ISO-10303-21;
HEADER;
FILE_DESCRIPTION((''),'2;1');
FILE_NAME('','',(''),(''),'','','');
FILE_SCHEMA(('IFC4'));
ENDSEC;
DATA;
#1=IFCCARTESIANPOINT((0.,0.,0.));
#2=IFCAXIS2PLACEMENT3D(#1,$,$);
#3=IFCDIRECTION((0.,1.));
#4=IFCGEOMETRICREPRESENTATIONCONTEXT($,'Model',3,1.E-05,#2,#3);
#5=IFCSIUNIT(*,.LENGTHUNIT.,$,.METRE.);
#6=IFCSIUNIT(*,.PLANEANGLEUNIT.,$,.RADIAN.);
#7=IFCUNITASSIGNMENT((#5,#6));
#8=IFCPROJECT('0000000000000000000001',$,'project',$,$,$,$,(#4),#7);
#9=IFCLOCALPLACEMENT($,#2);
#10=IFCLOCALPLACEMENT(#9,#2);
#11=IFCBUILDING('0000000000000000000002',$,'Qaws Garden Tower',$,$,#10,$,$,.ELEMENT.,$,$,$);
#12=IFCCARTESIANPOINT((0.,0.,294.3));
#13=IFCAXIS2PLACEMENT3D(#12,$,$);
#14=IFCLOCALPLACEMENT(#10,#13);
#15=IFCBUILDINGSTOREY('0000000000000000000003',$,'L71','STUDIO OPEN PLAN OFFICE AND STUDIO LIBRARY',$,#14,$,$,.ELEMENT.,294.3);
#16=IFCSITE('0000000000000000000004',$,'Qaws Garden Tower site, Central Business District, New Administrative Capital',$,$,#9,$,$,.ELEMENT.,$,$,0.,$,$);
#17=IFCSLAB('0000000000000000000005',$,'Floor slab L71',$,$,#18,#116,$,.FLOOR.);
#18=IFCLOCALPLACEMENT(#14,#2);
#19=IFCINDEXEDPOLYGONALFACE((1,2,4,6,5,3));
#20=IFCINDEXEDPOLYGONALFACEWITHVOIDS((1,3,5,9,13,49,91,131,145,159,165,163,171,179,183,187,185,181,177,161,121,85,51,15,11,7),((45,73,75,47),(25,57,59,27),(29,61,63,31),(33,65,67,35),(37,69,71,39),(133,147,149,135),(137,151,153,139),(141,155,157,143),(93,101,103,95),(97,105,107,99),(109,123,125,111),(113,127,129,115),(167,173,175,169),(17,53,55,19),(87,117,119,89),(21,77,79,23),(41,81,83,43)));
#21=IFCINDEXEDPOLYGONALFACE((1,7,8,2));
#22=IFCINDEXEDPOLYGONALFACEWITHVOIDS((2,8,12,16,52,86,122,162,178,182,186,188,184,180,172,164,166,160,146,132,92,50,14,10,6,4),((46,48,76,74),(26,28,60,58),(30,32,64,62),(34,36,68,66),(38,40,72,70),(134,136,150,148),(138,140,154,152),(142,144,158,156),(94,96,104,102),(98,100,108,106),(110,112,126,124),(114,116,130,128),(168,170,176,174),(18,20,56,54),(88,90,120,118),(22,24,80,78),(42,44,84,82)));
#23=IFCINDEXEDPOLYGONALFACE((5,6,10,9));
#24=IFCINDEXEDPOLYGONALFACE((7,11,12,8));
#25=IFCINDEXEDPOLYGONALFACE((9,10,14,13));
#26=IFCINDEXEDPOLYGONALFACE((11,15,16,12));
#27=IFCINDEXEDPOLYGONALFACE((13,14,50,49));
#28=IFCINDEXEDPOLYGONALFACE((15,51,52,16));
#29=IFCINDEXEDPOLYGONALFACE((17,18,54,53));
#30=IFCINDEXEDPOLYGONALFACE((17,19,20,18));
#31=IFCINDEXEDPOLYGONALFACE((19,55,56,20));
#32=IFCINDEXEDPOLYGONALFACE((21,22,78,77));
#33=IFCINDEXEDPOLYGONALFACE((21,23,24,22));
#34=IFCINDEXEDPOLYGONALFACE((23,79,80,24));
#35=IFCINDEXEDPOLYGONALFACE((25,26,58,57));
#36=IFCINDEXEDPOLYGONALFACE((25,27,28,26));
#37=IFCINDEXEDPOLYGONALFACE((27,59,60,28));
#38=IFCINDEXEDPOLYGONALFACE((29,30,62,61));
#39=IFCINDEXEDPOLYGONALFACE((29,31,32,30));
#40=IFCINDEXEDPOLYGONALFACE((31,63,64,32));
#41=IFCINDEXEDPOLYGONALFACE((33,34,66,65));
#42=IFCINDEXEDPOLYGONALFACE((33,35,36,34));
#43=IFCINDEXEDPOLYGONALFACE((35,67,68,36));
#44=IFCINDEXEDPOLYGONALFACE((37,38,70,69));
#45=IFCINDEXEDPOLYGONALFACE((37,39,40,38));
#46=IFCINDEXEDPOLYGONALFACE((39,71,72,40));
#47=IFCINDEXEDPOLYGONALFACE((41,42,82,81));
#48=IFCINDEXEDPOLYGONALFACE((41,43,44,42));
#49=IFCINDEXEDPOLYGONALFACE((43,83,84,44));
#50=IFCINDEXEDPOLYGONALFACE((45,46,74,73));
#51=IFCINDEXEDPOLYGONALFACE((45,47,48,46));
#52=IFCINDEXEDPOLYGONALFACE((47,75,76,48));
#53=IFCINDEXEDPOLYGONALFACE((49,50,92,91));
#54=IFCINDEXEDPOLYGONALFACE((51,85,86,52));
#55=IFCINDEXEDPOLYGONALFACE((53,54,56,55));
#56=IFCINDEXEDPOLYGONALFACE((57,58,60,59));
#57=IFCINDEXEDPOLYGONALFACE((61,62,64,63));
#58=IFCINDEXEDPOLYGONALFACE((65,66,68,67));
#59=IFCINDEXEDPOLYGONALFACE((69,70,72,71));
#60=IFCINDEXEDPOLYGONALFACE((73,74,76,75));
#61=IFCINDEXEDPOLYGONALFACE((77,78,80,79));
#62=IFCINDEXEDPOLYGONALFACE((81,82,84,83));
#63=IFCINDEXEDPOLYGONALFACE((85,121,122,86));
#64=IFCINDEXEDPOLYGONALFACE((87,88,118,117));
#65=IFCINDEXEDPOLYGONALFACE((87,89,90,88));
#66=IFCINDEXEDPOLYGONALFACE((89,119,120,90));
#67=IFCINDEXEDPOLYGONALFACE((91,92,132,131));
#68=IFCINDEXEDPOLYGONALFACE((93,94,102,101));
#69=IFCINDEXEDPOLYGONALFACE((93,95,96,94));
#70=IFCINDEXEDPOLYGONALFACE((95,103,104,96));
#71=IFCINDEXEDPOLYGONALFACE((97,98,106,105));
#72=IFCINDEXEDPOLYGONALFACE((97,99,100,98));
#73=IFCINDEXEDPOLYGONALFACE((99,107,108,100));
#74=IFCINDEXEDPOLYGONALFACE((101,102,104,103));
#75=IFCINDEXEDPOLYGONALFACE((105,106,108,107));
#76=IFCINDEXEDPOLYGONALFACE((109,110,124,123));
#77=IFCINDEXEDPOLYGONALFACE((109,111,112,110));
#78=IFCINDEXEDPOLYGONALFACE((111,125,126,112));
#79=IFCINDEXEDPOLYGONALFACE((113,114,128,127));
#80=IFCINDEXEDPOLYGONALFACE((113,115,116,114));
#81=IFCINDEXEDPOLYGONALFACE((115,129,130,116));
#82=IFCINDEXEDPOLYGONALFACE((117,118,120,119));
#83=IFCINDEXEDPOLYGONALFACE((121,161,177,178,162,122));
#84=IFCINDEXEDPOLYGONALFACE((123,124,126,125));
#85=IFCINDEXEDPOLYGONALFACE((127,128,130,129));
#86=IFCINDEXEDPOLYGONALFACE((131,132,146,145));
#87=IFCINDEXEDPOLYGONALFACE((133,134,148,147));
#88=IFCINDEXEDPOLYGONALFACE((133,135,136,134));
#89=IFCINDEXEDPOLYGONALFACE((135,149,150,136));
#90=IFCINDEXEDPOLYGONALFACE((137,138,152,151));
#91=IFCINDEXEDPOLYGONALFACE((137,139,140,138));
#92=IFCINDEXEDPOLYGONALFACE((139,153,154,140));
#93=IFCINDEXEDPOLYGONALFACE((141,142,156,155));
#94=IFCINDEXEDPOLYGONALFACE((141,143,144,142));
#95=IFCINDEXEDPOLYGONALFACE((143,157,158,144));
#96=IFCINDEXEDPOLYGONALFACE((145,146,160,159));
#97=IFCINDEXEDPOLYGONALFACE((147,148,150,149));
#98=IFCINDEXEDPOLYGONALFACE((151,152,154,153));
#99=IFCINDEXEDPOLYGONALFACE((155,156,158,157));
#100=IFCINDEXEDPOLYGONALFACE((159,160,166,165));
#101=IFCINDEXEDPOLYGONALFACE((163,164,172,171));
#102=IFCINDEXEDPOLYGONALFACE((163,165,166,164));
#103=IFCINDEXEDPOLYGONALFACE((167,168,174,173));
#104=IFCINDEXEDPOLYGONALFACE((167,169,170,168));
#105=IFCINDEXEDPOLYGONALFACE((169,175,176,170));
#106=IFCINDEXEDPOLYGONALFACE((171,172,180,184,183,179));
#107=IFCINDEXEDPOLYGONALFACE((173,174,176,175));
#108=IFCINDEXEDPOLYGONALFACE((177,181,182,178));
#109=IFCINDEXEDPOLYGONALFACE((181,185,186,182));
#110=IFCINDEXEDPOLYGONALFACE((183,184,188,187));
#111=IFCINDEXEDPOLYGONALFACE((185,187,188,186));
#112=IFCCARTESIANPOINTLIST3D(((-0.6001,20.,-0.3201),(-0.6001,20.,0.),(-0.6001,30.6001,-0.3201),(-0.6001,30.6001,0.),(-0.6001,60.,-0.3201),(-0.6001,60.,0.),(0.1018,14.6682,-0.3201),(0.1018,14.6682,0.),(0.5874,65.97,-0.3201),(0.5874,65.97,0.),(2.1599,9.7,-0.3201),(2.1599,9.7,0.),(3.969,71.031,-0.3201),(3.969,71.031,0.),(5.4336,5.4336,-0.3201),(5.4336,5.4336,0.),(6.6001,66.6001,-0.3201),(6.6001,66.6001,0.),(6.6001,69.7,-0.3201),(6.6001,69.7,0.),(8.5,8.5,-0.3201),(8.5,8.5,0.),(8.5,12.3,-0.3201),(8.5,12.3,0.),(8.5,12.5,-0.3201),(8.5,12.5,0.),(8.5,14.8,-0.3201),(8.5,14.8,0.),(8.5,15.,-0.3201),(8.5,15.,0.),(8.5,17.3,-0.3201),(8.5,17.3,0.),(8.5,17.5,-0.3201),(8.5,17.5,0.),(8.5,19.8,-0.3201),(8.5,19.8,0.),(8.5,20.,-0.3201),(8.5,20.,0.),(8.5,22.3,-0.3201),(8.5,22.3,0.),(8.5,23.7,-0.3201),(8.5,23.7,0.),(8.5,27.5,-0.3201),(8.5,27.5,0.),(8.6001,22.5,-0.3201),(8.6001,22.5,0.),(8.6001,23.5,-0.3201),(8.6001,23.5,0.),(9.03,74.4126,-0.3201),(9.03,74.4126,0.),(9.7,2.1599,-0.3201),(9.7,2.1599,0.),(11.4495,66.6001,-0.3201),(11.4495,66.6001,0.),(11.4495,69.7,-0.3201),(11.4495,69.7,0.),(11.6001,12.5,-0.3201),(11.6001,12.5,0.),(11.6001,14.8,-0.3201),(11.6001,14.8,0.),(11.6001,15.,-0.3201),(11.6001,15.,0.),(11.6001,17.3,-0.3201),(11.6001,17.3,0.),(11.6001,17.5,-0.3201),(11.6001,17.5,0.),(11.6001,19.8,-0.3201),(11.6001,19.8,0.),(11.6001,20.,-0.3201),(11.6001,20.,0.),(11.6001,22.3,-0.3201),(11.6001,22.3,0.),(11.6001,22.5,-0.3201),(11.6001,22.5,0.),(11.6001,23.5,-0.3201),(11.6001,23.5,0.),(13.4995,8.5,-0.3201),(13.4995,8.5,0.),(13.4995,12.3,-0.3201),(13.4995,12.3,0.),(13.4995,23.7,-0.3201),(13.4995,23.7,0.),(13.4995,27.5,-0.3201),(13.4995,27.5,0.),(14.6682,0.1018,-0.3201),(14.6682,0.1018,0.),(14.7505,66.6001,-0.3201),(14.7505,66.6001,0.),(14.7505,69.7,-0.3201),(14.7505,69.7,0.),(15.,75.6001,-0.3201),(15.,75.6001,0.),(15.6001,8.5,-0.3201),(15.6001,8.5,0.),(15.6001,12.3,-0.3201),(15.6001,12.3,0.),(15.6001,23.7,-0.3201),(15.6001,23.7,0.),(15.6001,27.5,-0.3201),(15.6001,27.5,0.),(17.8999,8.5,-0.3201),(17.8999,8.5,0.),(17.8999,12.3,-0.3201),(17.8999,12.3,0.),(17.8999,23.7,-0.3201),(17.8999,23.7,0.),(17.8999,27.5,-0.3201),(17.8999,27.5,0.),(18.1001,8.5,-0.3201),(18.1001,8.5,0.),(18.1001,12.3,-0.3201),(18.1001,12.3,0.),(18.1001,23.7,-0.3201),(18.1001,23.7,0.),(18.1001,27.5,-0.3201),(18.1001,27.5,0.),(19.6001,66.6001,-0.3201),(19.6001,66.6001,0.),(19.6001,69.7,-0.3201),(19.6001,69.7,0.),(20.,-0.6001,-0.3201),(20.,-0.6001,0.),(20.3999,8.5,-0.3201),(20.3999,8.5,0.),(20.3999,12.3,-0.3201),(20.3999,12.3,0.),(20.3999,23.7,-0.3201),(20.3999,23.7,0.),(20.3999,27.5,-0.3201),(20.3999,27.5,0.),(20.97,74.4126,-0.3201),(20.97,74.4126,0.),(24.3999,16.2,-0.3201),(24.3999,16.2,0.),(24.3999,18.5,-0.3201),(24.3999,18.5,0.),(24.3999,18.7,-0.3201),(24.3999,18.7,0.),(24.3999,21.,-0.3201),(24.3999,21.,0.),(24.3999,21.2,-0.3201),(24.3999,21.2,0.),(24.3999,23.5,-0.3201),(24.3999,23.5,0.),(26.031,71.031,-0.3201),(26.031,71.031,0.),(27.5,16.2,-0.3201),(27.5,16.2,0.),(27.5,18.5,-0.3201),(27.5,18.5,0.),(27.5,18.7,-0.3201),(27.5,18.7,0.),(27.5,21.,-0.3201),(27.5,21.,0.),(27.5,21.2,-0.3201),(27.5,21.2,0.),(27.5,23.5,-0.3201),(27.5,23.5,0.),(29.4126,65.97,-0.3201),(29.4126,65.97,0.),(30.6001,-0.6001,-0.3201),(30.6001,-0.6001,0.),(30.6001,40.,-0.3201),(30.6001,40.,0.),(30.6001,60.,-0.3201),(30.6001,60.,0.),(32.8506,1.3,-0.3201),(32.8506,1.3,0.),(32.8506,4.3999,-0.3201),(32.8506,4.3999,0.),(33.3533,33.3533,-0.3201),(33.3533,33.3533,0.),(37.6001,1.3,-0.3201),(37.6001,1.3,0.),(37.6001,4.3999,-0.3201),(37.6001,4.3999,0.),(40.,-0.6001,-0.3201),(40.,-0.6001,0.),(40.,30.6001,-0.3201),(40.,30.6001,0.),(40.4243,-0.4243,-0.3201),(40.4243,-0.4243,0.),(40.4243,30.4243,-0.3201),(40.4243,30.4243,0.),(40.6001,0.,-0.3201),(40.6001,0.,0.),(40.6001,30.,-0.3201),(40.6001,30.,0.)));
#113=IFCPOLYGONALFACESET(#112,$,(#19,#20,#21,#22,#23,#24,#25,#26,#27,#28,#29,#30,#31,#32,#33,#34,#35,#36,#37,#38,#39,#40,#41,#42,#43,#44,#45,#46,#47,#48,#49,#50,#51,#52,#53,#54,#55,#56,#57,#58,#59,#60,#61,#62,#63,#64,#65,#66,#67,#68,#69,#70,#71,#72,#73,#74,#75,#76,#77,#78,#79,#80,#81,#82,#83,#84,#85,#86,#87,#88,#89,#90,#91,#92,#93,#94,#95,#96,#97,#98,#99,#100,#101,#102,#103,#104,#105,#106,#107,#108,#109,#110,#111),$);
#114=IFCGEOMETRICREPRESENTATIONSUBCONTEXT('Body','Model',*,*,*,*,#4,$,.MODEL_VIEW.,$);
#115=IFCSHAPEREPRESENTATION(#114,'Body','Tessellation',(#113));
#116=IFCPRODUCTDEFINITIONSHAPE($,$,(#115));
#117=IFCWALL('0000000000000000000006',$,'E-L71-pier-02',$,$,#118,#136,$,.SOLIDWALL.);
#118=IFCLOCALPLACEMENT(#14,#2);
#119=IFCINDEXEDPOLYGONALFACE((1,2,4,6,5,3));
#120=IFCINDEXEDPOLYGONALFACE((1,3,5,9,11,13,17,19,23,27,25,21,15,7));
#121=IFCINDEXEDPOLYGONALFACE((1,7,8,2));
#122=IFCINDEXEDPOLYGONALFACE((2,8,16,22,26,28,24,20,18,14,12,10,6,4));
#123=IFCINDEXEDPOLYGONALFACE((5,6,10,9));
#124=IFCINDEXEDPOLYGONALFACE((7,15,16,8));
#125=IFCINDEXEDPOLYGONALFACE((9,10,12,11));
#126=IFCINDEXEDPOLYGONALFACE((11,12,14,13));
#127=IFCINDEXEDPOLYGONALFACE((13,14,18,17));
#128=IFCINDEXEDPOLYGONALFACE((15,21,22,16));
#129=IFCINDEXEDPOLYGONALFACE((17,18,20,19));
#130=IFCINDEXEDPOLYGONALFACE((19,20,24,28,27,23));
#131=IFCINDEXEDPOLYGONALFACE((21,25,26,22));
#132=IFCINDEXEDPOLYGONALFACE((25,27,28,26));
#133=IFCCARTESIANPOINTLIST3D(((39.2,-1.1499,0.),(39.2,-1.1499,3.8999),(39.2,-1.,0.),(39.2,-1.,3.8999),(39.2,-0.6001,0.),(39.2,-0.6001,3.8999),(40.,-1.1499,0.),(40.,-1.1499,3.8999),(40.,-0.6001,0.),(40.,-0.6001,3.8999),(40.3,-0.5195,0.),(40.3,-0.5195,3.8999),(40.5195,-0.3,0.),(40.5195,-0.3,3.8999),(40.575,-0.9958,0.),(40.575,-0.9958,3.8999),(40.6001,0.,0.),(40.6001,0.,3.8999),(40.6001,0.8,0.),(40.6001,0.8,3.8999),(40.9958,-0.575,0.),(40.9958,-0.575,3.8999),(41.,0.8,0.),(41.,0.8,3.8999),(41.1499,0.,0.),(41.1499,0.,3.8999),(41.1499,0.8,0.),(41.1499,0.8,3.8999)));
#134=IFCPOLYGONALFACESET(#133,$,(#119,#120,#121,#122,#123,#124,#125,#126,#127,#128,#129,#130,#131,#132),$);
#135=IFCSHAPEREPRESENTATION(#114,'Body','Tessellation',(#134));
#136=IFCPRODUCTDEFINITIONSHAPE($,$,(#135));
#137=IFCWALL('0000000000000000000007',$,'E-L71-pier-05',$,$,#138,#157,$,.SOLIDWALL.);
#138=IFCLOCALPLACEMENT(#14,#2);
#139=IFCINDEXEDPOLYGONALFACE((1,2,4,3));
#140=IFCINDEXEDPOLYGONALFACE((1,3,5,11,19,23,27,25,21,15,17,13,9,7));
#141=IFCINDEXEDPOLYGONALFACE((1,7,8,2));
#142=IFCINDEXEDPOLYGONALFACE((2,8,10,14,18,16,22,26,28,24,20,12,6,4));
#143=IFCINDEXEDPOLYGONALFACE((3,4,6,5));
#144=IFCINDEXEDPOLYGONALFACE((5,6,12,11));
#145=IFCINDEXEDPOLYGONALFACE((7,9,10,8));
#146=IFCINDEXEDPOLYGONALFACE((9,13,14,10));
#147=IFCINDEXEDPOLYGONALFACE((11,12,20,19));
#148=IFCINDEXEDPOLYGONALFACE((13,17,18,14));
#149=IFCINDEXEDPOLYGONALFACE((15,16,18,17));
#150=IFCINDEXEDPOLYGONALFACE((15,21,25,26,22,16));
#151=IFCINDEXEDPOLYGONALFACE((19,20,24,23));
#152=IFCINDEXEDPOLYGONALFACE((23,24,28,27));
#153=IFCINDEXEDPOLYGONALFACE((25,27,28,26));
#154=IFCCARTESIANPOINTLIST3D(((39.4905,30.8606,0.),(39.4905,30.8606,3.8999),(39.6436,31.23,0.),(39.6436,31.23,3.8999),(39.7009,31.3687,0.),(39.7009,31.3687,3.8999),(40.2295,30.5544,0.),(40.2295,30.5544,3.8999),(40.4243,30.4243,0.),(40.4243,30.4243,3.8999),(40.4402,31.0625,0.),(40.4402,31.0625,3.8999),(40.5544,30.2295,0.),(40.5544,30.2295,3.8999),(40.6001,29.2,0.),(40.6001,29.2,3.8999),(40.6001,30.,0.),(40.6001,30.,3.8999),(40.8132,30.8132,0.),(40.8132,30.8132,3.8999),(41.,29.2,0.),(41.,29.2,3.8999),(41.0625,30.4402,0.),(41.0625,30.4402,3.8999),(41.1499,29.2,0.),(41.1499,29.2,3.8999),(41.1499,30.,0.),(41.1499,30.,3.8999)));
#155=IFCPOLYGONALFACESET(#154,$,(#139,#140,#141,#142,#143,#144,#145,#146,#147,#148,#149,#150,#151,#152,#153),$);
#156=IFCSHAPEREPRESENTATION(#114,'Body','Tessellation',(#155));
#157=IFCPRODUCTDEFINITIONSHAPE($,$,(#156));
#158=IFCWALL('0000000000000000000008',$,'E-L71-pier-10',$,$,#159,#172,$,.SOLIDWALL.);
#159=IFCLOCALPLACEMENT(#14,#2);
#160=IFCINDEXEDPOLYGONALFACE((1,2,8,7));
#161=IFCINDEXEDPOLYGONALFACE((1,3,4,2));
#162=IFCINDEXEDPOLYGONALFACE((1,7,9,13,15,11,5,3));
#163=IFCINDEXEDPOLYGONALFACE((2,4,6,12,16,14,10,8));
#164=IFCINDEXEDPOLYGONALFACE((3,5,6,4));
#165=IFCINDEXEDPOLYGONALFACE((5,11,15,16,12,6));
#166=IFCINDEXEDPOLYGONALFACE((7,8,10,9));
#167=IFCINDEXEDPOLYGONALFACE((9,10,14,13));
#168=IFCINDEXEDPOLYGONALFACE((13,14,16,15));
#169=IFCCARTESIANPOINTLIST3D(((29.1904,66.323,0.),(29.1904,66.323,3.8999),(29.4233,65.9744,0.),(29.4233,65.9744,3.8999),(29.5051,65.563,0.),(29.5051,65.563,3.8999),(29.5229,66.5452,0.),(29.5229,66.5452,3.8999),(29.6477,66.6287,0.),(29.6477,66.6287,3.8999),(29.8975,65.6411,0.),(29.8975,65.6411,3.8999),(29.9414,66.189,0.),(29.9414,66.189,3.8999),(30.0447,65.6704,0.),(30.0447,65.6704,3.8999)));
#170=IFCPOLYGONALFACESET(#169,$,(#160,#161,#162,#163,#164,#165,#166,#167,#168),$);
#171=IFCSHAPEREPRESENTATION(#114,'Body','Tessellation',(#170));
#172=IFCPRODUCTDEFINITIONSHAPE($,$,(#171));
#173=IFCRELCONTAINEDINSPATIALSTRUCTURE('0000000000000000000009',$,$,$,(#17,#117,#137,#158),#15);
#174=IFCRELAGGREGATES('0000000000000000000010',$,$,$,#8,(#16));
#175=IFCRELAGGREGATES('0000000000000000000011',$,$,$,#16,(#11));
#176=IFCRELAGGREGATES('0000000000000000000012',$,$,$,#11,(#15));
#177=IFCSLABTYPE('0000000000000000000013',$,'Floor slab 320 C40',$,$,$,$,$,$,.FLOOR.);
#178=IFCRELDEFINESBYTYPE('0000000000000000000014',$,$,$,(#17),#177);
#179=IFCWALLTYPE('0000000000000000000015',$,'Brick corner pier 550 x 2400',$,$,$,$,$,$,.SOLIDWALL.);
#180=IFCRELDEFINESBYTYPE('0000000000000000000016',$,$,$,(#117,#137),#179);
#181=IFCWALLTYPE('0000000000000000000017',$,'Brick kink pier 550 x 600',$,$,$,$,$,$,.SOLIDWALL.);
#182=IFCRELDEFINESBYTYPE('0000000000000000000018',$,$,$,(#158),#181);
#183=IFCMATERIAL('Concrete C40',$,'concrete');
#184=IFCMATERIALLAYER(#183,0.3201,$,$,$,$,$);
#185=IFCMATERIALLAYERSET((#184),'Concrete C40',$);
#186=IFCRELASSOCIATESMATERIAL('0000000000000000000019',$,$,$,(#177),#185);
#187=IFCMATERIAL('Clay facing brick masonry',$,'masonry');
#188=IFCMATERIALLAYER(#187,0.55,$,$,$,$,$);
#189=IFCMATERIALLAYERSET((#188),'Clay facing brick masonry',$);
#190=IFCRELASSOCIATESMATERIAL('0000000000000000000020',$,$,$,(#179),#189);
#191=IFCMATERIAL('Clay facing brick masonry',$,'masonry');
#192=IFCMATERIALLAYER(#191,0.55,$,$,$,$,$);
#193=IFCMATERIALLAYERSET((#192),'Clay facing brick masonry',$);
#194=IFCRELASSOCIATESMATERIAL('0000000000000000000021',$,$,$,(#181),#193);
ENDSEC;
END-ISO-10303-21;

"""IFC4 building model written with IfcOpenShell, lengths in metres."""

from ifc_helpers import new_model, si_unit, direction, frame, origin, place, context, subcontext, project, spatial, polyline, outline, extrude, material, layer, layer_set, type_object, element, save


model = new_model("IFC4")

# Units and contexts
model_context = context("Model", 3, precision=1e-05, world=origin(), true_north=direction((0.0, 1.0)))
body_context = subcontext(model_context, "Body", "Model", "MODEL_VIEW")
ifc_project = project(units=[si_unit("LENGTHUNIT", "METRE"), si_unit("PLANEANGLEUNIT", "RADIAN")], contexts=[model_context])

# Site, building, storey
site_placement = place(None, origin())
site = spatial("IfcSite", under=ifc_project, at=site_placement, Name="Qaws Garden Tower site, Central Business District, New Administrative Capital", CompositionType="ELEMENT", RefElevation=0.0)
building_placement = place(site_placement, origin())
building = spatial("IfcBuilding", under=site, at=building_placement, Name="Qaws Garden Tower", CompositionType="ELEMENT")
storey_placement = place(building_placement, frame((0.0, 0.0, 294.3)))
storey = spatial("IfcBuildingStorey", under=building, at=storey_placement, Name="L71", Description="STUDIO OPEN PLAN OFFICE AND STUDIO LIBRARY", CompositionType="ELEMENT", Elevation=294.3)

# Slab
ifc_material_1 = material(Name="Concrete C40", Category="concrete")
ifc_layer_1 = layer(ifc_material_1, 0.3201)
ifc_layer_set_1 = layer_set([ifc_layer_1], Name="Concrete C40")
slab_type = type_object("IfcSlabType", Name="Floor slab 320 C40", PredefinedType="FLOOR", material=ifc_layer_set_1)
slab_placement = place(storey_placement, frame((0.0, 0.0, -0.3201)))
element("IfcSlab", 1, at=slab_placement, inside=storey, type_object=slab_type, Name="Floor slab L71", PredefinedType="FLOOR", context=body_context, shape_type="SweptSolid", body=[
    extrude(outline(polyline([(0.1018, 14.6682), (-0.6001, 20.0), (-0.6001, 30.6001), (-0.6001, 60.0), (-0.6001, 60.0), (0.5874, 65.97), (3.969, 71.031), (9.03, 74.4126), (15.0, 75.6001), (20.97, 74.4126), (26.031, 71.031), (29.4126, 65.97), (30.6001, 60.0), (30.6001, 40.0), (33.3533, 33.3533), (40.0, 30.6001), (40.4243, 30.4243), (40.6001, 30.0), (40.6001, 0.0), (40.4243, -0.4243), (40.0, -0.6001), (30.6001, -0.6001), (20.0, -0.6001), (14.6682, 0.1018), (9.7, 2.1599), (5.4336, 5.4336), (2.1599, 9.7), (0.1018, 14.6682)]), holes=[polyline([(13.4995, 12.3), (8.5, 12.3), (8.5, 8.5), (13.4995, 8.5), (13.4995, 12.3)]), polyline([(17.8999, 12.3), (15.6001, 12.3), (15.6001, 8.5), (17.8999, 8.5), (17.8999, 12.3)]), polyline([(11.6001, 14.8), (8.5, 14.8), (8.5, 12.5), (11.6001, 12.5), (11.6001, 14.8)]), polyline([(11.6001, 17.3), (8.5, 17.3), (8.5, 15.0), (11.6001, 15.0), (11.6001, 17.3)]), polyline([(11.6001, 19.8), (8.5, 19.8), (8.5, 17.5), (11.6001, 17.5), (11.6001, 19.8)]), polyline([(11.6001, 22.3), (8.5, 22.3), (8.5, 20.0), (11.6001, 20.0), (11.6001, 22.3)]), polyline([(11.6001, 23.5), (8.6001, 23.5), (8.6001, 22.5), (11.6001, 22.5), (11.6001, 23.5)]), polyline([(13.4995, 27.5), (8.5, 27.5), (8.5, 23.7), (13.4995, 23.7), (13.4995, 27.5)]), polyline([(11.4495, 69.7), (6.6001, 69.7), (6.6001, 66.6001), (11.4495, 66.6001), (11.4495, 69.7)]), polyline([(37.6001, 4.3999), (32.8506, 4.3999), (32.8506, 1.3), (37.6001, 1.3), (37.6001, 4.3999)]), polyline([(20.3999, 12.3), (18.1001, 12.3), (18.1001, 8.5), (20.3999, 8.5), (20.3999, 12.3)]), polyline([(27.5, 18.5), (24.3999, 18.5), (24.3999, 16.2), (27.5, 16.2), (27.5, 18.5)]), polyline([(27.5, 21.0), (24.3999, 21.0), (24.3999, 18.7), (27.5, 18.7), (27.5, 21.0)]), polyline([(27.5, 23.5), (24.3999, 23.5), (24.3999, 21.2), (27.5, 21.2), (27.5, 23.5)]), polyline([(17.8999, 27.5), (15.6001, 27.5), (15.6001, 23.7), (17.8999, 23.7), (17.8999, 27.5)]), polyline([(20.3999, 23.7), (20.3999, 27.5), (18.1001, 27.5), (18.1001, 23.7), (20.3999, 23.7)]), polyline([(19.6001, 66.6001), (19.6001, 69.7), (14.7505, 69.7), (14.7505, 66.6001), (19.6001, 66.6001)])]), origin(), (0.0, 0.0, 1.0), 0.3201),
])

# Walls
ifc_material_2 = material(Name="Clay facing brick masonry", Category="masonry")
ifc_layer_2 = layer(ifc_material_2, 0.55)
ifc_layer_set_2 = layer_set([ifc_layer_2], Name="Clay facing brick masonry")
wall_type_1 = type_object("IfcWallType", Name="Brick corner pier 550 x 2400", PredefinedType="SOLIDWALL", material=ifc_layer_set_2)
placement = place(storey_placement, origin())
element("IfcWall", 2, at=placement, inside=storey, type_object=wall_type_1, Name="E-L71-pier-02", PredefinedType="SOLIDWALL", context=body_context, shape_type="SweptSolid", body=[
    extrude(outline(polyline([(39.2, -1.0), (39.2, -1.1499), (40.0, -1.1499), (40.575, -0.9958), (40.9958, -0.575), (41.1499, 0.0), (41.1499, 0.8), (41.0, 0.8), (40.6001, 0.8), (40.6001, 0.0), (40.5195, -0.3), (40.3, -0.5195), (40.0, -0.6001), (39.2, -0.6001), (39.2, -1.0)])), origin(), (0.0, 0.0, 1.0), 3.8999),
])
element("IfcWall", 3, at=placement, inside=storey, type_object=wall_type_1, Name="E-L71-pier-05", PredefinedType="SOLIDWALL", context=body_context, shape_type="SweptSolid", body=[
    extrude(outline(polyline([(41.0, 29.2), (41.1499, 29.2), (41.1499, 30.0), (41.0625, 30.4402), (40.8132, 30.8132), (40.4402, 31.0625), (39.7009, 31.3687), (39.6436, 31.23), (39.4905, 30.8606), (40.2295, 30.5544), (40.4243, 30.4243), (40.5544, 30.2295), (40.6001, 30.0), (40.6001, 29.2), (41.0, 29.2)])), origin(), (0.0, 0.0, 1.0), 3.8999),
])
ifc_material_3 = material(Name="Clay facing brick masonry", Category="masonry")
ifc_layer_3 = layer(ifc_material_3, 0.55)
ifc_layer_set_3 = layer_set([ifc_layer_3], Name="Clay facing brick masonry")
wall_type_2 = type_object("IfcWallType", Name="Brick kink pier 550 x 600", PredefinedType="SOLIDWALL", material=ifc_layer_set_3)
element("IfcWall", 4, at=placement, inside=storey, type_object=wall_type_2, Name="E-L71-pier-10", PredefinedType="SOLIDWALL", context=body_context, shape_type="SweptSolid", body=[
    extrude(outline(polyline([(29.8975, 65.6411), (30.0447, 65.6704), (29.9414, 66.189), (29.6477, 66.6287), (29.5229, 66.5452), (29.1904, 66.323), (29.4233, 65.9744), (29.5051, 65.563), (29.8975, 65.6411)])), origin(), (0.0, 0.0, 1.0), 3.8999),
])

save(model, "model.ifc")
